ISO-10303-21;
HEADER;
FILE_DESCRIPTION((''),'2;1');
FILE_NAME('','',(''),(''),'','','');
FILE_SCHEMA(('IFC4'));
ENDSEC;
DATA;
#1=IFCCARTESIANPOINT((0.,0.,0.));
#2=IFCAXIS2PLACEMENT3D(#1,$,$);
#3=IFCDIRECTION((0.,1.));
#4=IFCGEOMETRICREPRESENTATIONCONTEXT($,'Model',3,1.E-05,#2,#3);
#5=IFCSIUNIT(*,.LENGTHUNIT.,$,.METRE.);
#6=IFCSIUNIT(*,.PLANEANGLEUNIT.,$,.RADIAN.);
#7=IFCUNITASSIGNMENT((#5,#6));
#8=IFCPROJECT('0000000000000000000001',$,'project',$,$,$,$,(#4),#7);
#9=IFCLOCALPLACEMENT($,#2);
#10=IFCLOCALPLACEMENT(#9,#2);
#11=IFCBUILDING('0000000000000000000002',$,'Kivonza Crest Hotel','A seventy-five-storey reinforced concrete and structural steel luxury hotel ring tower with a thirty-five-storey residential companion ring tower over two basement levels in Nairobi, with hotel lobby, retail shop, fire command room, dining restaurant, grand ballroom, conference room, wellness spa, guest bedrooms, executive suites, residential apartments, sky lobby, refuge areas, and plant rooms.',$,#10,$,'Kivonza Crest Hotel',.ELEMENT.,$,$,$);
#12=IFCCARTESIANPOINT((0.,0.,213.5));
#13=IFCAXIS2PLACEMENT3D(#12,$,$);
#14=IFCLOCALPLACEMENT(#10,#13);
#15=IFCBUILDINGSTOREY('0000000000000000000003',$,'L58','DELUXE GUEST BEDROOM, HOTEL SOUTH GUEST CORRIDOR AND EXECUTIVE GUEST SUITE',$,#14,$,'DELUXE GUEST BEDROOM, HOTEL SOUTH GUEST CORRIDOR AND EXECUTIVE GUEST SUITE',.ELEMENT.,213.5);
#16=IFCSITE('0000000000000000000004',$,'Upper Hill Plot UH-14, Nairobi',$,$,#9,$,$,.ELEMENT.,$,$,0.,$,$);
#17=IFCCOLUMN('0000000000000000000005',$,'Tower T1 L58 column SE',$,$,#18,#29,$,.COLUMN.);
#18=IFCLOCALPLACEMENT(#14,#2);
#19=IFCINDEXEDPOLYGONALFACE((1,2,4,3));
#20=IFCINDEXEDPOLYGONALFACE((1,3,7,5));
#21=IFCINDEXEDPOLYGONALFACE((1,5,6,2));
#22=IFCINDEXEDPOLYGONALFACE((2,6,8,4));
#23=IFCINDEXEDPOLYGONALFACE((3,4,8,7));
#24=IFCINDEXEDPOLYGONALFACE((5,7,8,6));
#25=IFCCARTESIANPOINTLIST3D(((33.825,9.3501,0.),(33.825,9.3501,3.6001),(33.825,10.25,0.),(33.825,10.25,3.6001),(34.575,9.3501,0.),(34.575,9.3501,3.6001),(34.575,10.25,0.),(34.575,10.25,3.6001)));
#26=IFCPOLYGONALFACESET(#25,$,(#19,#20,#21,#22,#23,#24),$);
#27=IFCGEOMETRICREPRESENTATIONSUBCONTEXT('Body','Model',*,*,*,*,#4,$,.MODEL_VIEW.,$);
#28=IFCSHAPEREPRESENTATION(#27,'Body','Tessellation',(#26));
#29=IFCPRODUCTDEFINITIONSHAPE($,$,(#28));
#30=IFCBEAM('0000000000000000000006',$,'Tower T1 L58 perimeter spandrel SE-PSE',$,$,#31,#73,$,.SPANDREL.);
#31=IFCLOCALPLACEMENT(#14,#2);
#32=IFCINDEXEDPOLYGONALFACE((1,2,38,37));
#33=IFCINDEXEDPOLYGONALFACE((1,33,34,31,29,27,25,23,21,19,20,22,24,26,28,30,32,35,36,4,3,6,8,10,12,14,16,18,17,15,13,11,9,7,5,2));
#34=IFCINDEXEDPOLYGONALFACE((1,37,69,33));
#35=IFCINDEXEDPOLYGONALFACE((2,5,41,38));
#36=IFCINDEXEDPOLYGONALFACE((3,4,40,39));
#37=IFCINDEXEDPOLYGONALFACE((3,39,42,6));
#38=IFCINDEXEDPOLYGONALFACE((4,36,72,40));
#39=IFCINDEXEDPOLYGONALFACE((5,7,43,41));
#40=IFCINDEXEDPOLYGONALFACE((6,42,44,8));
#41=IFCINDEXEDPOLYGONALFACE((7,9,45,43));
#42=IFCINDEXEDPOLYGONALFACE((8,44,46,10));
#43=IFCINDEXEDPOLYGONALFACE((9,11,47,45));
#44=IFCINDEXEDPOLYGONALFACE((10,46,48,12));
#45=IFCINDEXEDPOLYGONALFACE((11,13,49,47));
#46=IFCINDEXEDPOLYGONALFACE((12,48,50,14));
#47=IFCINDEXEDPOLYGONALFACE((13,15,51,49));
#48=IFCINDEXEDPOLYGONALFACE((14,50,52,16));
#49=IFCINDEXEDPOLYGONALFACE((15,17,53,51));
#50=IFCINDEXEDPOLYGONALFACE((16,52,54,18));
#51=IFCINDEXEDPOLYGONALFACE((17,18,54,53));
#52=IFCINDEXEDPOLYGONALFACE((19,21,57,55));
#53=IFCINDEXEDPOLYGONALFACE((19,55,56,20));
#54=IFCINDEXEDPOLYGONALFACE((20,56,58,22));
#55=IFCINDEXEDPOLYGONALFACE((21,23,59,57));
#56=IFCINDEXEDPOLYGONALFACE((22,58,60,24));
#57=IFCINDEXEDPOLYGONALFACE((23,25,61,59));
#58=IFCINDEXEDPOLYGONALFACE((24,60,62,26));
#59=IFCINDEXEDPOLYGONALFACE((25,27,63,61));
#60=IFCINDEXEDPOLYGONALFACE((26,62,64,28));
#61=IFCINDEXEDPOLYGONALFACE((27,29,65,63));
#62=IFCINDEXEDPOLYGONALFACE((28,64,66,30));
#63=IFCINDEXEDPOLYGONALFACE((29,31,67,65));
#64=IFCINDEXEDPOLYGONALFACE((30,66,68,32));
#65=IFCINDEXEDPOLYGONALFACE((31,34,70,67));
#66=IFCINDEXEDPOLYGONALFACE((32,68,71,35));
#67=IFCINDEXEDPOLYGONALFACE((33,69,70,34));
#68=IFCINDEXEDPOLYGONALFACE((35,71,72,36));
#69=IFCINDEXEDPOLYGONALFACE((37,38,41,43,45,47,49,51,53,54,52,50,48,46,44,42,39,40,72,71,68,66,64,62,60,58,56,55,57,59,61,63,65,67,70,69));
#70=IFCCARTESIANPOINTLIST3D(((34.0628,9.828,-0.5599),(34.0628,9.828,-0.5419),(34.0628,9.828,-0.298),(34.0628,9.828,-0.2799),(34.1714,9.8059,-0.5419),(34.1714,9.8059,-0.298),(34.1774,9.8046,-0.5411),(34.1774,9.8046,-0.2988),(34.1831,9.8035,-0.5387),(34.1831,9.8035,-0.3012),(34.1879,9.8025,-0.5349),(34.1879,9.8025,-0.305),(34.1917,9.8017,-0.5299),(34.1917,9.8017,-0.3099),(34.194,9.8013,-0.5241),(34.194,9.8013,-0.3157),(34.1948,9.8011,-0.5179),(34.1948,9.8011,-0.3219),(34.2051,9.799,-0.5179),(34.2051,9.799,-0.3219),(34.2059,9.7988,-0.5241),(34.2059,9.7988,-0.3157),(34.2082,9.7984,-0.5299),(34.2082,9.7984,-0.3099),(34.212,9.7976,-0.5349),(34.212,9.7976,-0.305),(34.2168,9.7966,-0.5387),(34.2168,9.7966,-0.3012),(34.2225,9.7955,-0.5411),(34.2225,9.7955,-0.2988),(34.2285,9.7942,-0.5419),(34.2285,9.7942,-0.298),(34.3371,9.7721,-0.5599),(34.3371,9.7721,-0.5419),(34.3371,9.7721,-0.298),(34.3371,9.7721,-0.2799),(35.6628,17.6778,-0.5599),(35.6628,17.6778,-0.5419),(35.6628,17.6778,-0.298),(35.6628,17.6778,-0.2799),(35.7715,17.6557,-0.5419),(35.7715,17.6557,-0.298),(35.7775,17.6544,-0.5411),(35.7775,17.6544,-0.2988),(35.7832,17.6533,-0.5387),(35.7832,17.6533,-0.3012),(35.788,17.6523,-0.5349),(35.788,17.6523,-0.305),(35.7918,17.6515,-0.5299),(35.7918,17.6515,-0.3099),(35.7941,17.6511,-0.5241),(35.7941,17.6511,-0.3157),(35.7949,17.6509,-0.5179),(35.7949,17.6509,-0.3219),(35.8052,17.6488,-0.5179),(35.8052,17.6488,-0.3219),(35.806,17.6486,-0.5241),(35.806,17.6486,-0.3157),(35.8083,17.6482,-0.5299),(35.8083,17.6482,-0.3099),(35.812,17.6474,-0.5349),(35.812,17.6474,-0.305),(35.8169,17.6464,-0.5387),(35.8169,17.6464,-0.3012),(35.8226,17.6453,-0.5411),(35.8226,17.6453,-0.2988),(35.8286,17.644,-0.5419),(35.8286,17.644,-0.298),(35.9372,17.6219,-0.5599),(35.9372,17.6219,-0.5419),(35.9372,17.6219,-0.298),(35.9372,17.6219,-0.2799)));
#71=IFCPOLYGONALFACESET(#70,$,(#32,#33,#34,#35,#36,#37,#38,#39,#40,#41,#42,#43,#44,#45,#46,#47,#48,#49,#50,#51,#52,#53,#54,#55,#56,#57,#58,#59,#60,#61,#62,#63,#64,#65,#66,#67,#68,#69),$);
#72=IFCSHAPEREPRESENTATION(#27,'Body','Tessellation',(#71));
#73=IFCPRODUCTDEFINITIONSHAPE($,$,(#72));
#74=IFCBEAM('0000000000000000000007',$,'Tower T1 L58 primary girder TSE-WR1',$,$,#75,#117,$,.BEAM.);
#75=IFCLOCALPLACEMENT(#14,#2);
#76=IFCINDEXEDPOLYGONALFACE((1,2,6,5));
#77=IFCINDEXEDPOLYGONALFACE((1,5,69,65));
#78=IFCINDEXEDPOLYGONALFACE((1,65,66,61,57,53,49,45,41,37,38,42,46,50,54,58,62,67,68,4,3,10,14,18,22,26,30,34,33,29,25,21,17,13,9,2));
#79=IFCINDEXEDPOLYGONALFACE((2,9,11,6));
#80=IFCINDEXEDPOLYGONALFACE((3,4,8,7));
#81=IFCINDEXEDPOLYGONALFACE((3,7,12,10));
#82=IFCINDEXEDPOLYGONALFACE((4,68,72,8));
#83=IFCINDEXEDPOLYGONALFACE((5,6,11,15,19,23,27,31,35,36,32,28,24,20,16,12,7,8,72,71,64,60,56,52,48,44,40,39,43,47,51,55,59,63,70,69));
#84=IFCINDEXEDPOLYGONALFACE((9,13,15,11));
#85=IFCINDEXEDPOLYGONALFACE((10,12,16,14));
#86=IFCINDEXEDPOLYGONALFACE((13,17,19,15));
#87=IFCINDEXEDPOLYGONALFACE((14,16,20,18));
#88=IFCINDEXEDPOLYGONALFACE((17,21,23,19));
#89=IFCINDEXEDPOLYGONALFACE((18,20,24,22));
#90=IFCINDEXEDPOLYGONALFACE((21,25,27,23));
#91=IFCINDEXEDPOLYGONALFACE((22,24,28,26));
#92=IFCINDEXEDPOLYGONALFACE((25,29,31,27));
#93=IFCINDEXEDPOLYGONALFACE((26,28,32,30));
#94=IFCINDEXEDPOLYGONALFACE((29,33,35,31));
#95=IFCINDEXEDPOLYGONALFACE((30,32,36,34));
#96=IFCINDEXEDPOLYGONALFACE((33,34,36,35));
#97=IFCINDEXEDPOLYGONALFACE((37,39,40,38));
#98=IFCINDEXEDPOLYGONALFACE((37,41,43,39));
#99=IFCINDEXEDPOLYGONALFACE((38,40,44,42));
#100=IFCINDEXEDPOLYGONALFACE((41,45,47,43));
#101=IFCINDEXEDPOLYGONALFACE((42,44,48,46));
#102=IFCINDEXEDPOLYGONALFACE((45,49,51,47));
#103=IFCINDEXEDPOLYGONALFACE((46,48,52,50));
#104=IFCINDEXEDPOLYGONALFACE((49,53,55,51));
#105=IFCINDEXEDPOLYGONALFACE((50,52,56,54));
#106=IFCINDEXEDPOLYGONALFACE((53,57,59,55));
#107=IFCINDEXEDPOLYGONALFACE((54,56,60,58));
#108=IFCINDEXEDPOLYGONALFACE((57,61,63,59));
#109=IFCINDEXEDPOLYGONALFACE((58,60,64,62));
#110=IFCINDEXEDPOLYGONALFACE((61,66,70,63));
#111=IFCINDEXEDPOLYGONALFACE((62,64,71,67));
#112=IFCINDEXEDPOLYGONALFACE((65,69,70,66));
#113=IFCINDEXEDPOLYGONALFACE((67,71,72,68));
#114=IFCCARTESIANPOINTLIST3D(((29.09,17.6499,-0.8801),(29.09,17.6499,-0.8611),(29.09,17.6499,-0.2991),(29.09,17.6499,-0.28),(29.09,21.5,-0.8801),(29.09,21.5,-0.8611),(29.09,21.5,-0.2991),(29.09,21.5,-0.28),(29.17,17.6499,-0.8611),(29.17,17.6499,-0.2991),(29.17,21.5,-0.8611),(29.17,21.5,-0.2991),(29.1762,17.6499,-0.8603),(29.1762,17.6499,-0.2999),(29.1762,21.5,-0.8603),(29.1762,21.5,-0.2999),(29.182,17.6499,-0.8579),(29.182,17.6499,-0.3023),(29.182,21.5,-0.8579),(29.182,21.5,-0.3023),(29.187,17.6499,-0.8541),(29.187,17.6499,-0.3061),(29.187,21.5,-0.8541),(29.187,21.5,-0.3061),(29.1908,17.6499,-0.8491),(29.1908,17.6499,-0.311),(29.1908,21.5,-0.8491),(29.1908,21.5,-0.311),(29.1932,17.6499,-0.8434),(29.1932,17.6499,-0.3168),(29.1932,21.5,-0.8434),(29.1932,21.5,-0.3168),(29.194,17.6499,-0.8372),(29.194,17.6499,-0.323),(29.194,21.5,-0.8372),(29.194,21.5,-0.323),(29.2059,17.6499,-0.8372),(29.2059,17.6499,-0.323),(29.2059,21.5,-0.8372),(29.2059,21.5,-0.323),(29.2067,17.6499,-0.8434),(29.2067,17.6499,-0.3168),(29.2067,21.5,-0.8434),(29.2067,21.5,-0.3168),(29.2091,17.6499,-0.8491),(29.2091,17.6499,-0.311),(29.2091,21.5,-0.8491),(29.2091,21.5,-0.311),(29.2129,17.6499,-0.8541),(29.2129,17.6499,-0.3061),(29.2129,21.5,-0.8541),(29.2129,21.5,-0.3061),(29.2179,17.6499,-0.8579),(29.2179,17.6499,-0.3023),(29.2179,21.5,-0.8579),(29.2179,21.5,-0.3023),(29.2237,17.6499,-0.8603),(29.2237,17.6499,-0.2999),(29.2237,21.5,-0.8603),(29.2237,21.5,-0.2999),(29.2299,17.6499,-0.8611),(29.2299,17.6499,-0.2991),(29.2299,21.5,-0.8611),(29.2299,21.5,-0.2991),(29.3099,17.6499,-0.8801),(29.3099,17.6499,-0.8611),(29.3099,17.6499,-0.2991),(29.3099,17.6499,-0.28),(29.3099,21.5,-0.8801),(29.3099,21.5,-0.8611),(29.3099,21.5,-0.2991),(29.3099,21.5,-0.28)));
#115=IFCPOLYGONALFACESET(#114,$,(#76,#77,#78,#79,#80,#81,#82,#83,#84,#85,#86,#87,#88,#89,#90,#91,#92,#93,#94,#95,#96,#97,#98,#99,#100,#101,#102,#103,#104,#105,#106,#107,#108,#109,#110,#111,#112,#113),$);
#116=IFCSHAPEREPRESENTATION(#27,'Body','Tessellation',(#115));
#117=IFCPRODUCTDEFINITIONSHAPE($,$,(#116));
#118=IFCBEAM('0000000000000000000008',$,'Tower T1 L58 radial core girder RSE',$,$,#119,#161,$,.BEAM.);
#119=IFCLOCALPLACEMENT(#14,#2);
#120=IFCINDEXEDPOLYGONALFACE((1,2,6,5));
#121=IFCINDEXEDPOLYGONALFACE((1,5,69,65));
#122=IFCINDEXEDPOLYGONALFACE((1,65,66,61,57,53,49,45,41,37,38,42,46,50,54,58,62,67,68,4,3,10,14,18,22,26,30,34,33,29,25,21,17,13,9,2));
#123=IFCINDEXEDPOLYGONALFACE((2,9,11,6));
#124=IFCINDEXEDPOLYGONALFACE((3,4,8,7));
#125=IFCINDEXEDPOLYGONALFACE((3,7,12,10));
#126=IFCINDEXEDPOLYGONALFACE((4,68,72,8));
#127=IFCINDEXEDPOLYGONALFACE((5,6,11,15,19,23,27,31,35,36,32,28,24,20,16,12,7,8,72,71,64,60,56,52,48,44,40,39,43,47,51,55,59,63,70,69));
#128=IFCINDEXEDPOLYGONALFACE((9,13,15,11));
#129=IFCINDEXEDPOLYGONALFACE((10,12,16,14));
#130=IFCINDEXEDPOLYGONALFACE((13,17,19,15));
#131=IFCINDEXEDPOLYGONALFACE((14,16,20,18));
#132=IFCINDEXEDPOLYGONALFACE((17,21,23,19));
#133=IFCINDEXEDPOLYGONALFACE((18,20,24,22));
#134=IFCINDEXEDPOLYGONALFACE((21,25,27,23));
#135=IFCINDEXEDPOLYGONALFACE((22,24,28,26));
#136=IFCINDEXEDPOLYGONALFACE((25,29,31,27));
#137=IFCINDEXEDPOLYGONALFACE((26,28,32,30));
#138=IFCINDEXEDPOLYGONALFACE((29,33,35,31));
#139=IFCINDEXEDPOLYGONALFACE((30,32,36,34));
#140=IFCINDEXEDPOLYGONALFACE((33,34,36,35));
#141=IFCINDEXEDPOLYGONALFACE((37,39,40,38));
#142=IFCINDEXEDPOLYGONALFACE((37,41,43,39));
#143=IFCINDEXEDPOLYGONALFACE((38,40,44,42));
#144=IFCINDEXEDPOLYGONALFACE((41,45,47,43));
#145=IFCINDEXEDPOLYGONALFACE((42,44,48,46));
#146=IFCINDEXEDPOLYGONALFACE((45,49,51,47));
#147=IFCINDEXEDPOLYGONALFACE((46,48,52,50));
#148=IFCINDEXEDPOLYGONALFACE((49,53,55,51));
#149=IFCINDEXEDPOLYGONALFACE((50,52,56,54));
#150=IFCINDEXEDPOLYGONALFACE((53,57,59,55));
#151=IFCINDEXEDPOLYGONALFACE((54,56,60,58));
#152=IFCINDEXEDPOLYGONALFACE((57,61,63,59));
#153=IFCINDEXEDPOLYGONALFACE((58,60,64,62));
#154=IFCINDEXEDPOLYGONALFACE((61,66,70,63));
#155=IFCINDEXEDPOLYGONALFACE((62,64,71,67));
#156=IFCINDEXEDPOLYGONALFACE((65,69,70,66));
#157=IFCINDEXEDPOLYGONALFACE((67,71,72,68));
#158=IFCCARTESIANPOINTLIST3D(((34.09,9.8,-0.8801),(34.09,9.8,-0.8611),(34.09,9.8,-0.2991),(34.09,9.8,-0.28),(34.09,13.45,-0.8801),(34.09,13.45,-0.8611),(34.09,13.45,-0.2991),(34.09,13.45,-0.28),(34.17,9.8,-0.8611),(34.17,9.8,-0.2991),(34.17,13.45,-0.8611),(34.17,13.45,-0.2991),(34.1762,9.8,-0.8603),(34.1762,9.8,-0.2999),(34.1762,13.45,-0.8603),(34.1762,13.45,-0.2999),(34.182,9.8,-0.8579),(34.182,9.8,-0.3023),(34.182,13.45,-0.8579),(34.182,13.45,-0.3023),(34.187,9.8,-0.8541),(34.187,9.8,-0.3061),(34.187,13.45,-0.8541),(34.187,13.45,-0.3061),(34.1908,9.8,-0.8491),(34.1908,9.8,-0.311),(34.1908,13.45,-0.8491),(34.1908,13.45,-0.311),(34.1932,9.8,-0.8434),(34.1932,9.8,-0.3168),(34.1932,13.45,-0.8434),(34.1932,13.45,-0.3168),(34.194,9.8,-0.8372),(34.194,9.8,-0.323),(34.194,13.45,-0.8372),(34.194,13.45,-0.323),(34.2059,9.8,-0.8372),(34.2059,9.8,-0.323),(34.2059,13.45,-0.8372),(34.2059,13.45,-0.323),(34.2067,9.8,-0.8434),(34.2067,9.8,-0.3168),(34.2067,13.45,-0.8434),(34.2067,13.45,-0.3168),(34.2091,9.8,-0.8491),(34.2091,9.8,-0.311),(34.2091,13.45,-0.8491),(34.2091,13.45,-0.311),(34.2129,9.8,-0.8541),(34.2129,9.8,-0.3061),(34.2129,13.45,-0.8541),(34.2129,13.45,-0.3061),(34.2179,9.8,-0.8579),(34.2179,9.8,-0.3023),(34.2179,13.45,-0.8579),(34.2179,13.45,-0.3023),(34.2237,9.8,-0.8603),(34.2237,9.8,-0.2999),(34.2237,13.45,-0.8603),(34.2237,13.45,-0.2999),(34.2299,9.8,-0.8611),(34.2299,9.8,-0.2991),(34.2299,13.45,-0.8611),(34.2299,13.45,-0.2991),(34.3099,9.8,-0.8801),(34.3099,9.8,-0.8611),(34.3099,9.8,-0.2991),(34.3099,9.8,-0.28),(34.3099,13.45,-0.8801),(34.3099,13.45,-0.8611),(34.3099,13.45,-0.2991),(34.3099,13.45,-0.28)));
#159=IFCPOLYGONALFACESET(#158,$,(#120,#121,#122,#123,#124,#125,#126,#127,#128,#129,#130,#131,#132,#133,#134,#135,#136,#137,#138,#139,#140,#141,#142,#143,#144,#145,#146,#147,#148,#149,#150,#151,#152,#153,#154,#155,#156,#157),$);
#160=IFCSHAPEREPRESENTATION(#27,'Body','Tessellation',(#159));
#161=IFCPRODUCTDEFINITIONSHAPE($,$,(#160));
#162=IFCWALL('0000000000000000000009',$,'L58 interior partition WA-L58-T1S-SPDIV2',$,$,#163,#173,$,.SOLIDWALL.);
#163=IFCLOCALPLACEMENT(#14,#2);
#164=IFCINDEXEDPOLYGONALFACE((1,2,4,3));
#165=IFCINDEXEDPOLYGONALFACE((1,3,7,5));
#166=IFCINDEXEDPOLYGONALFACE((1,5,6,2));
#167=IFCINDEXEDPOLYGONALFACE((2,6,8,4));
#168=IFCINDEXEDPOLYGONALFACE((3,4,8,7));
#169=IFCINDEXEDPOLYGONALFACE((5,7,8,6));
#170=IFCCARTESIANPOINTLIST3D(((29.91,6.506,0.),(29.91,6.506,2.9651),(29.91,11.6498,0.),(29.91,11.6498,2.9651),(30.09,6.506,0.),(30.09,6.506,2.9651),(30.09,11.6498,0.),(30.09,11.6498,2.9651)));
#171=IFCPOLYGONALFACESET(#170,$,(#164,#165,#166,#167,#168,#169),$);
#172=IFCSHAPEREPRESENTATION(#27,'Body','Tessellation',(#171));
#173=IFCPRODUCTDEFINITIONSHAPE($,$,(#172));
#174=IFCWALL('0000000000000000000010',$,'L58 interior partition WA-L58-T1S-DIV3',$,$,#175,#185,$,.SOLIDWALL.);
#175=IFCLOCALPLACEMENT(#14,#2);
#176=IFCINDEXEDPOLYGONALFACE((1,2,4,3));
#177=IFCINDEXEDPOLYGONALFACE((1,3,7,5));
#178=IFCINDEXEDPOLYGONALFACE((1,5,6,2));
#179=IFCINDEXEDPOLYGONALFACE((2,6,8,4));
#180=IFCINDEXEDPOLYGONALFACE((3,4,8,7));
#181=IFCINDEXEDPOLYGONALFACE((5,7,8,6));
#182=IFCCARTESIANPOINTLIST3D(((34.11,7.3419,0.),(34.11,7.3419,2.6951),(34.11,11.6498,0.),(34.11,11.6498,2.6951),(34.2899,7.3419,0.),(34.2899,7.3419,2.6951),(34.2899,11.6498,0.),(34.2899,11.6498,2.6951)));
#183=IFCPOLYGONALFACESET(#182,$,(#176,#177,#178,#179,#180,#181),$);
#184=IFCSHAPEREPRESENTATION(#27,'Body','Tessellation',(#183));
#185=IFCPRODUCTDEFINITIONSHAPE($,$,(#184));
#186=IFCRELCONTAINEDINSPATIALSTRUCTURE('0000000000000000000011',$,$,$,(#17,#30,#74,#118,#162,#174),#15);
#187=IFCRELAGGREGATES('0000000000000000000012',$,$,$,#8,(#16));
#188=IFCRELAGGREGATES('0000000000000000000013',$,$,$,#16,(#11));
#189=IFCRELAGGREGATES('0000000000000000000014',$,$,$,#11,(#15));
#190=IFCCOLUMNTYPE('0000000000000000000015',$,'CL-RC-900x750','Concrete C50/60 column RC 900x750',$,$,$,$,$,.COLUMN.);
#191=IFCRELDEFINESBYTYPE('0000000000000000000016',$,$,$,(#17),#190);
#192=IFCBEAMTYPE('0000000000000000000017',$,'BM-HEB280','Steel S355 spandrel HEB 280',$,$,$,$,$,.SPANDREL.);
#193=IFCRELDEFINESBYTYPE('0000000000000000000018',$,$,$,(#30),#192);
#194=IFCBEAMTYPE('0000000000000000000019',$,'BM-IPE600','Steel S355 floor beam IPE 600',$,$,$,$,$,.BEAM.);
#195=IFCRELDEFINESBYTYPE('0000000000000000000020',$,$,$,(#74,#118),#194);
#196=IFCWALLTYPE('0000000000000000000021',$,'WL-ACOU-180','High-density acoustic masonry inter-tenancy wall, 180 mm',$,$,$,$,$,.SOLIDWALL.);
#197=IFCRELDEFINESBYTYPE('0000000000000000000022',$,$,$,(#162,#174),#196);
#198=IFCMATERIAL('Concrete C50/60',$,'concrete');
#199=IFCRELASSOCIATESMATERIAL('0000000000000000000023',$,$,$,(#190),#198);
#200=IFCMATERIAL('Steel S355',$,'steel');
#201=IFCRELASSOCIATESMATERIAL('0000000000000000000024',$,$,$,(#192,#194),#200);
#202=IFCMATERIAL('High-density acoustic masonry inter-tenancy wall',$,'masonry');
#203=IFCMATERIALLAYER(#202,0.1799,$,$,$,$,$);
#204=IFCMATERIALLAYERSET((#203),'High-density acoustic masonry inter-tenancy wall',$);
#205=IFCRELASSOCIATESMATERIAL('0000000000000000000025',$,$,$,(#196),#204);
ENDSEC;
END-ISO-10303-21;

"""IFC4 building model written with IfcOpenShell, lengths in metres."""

from ifc_helpers import new_model, si_unit, direction, frame, frame_2d, origin, origin_2d, place, context, subcontext, project, spatial, rectangle, i_section, extrude, material, layer, layer_set, material_profile, profile_set, type_object, element, save


model = new_model("IFC4")

# Units and contexts
model_context = context("Model", 3, precision=1e-05, world=origin(), true_north=direction((0.0, 1.0)))
body_context = subcontext(model_context, "Body", "Model", "MODEL_VIEW")
ifc_project = project(units=[si_unit("LENGTHUNIT", "METRE"), si_unit("PLANEANGLEUNIT", "RADIAN")], contexts=[model_context])

# Site, building, storey
site_placement = place(None, origin())
site = spatial("IfcSite", under=ifc_project, at=site_placement, Name="Upper Hill Plot UH-14, Nairobi", CompositionType="ELEMENT", RefElevation=0.0)
building_placement = place(site_placement, origin())
building = spatial("IfcBuilding", under=site, at=building_placement, Name="Kivonza Crest Hotel", Description="A seventy-five-storey reinforced concrete and structural steel luxury hotel ring tower with a thirty-five-storey residential companion ring tower over two basement levels in Nairobi, with hotel lobby, retail shop, fire command room, dining restaurant, grand ballroom, conference room, wellness spa, guest bedrooms, executive suites, residential apartments, sky lobby, refuge areas, and plant rooms.", LongName="Kivonza Crest Hotel", CompositionType="ELEMENT")
storey_placement = place(building_placement, frame((0.0, 0.0, 213.5)))
storey = spatial("IfcBuildingStorey", under=building, at=storey_placement, Name="L58", Description="DELUXE GUEST BEDROOM, HOTEL SOUTH GUEST CORRIDOR AND EXECUTIVE GUEST SUITE", LongName="DELUXE GUEST BEDROOM, HOTEL SOUTH GUEST CORRIDOR AND EXECUTIVE GUEST SUITE", CompositionType="ELEMENT", Elevation=213.5)

# Column
ifc_material_1 = material(Name="Concrete C50/60", Category="concrete")
ifc_material_profile_1 = material_profile(ifc_material_1, rectangle(XDim=0.75, YDim=0.8999, at=origin_2d()), Name="RC 900x750")
ifc_profile_set_1 = profile_set([ifc_material_profile_1], Name="Concrete C50/60")
column_type = type_object("IfcColumnType", Name="CL-RC-900x750", Description="Concrete C50/60 column RC 900x750", PredefinedType="COLUMN", material=ifc_profile_set_1)
column_placement = place(storey_placement, frame((34.2, 9.8, 0.0), z_axis=(0.0, 0.0, 1.0), x_axis=(1.0, 0.0, 0.0)))
element("IfcColumn", 1, at=column_placement, inside=storey, type_object=column_type, Name="Tower T1 L58 column SE", PredefinedType="COLUMN", context=body_context, shape_type="SweptSolid", body=[
    extrude(rectangle(XDim=0.75, YDim=0.8999, at=origin_2d()), origin(), (0.0, 0.0, 1.0), 3.6001),
])

# Beams
ifc_material_2 = material(Name="Steel S355", Category="steel")
ifc_material_profile_2 = material_profile(ifc_material_2, i_section(OverallWidth=0.28, OverallDepth=0.28, WebThickness=0.0105, FlangeThickness=0.0181, FilletRadius=0.0239, at=origin_2d()), Name="HEB 280")
ifc_profile_set_2 = profile_set([ifc_material_profile_2], Name="Steel S355")
beam_type_1 = type_object("IfcBeamType", Name="BM-HEB280", Description="Steel S355 spandrel HEB 280", PredefinedType="SPANDREL", material=ifc_profile_set_2)
beam_1_placement = place(storey_placement, frame((34.2, 9.8, -0.4199), z_axis=(0.199731, 0.979851, 0.0), x_axis=(-0.979851, 0.199731, 0.0)))
element("IfcBeam", 2, at=beam_1_placement, inside=storey, type_object=beam_type_1, Name="Tower T1 L58 perimeter spandrel SE-PSE", PredefinedType="SPANDREL", context=body_context, shape_type="SweptSolid", body=[
    extrude(i_section(OverallWidth=0.28, OverallDepth=0.28, WebThickness=0.0105, FlangeThickness=0.0181, FilletRadius=0.0239, at=origin_2d()), origin(), (0.0, 0.0, 1.0), 8.0112),
])
ifc_material_profile_3 = material_profile(ifc_material_2, i_section(OverallWidth=0.22, OverallDepth=0.6001, WebThickness=0.012, FlangeThickness=0.019, FilletRadius=0.0239, at=origin_2d()), Name="IPE 600")
ifc_profile_set_3 = profile_set([ifc_material_profile_3], Name="Steel S355")
beam_type_2 = type_object("IfcBeamType", Name="BM-IPE600", Description="Steel S355 floor beam IPE 600", PredefinedType="BEAM", material=ifc_profile_set_3)
beam_2_placement = place(storey_placement, frame((29.2, 17.6499, -0.5801), z_axis=(0.0, 1.0, 0.0), x_axis=(-1.0, 0.0, 0.0)))
element("IfcBeam", 3, at=beam_2_placement, inside=storey, type_object=beam_type_2, Name="Tower T1 L58 primary girder TSE-WR1", PredefinedType="BEAM", context=body_context, shape_type="SweptSolid", body=[
    extrude(i_section(OverallWidth=0.22, OverallDepth=0.6001, WebThickness=0.012, FlangeThickness=0.019, FilletRadius=0.0239, at=origin_2d()), origin(), (0.0, 0.0, 1.0), 3.8501),
])
beam_3_placement = place(storey_placement, frame((34.2, 9.8, -0.5801), z_axis=(0.0, 1.0, 0.0), x_axis=(-1.0, 0.0, 0.0)))
element("IfcBeam", 4, at=beam_3_placement, inside=storey, type_object=beam_type_2, Name="Tower T1 L58 radial core girder RSE", PredefinedType="BEAM", context=body_context, shape_type="SweptSolid", body=[
    extrude(i_section(OverallWidth=0.22, OverallDepth=0.6001, WebThickness=0.012, FlangeThickness=0.019, FilletRadius=0.0239, at=origin_2d()), origin(), (0.0, 0.0, 1.0), 3.6499),
])

# Walls
ifc_material_3 = material(Name="High-density acoustic masonry inter-tenancy wall", Category="masonry")
ifc_layer_1 = layer(ifc_material_3, 0.1799)
ifc_layer_set_1 = layer_set([ifc_layer_1], Name="High-density acoustic masonry inter-tenancy wall")
wall_type_1 = type_object("IfcWallType", Name="WL-ACOU-180", Description="High-density acoustic masonry inter-tenancy wall, 180 mm", PredefinedType="SOLIDWALL", material=ifc_layer_set_1)
wall_1_placement = place(storey_placement, frame((30.0, 6.5061, 0.0), z_axis=(0.0, 0.0, 1.0), x_axis=(0.0, 1.0, 0.0)))
element("IfcWall", 5, at=wall_1_placement, inside=storey, type_object=wall_type_1, Name="L58 interior partition WA-L58-T1S-SPDIV2", PredefinedType="SOLIDWALL", context=body_context, shape_type="SweptSolid", body=[
    extrude(rectangle(XDim=5.1438, YDim=0.1799, at=frame_2d((2.5718, 0.0))), origin(), (0.0, 0.0, 1.0), 2.9651),
])
wall_2_placement = place(storey_placement, frame((34.2, 7.342, 0.0), z_axis=(0.0, 0.0, 1.0), x_axis=(0.0, 1.0, 0.0)))
element("IfcWall", 6, at=wall_2_placement, inside=storey, type_object=wall_type_1, Name="L58 interior partition WA-L58-T1S-DIV3", PredefinedType="SOLIDWALL", context=body_context, shape_type="SweptSolid", body=[
    extrude(rectangle(XDim=4.3079, YDim=0.1799, at=frame_2d((2.1538, 0.0))), origin(), (0.0, 0.0, 1.0), 2.6951),
])

save(model, "model.ifc")
